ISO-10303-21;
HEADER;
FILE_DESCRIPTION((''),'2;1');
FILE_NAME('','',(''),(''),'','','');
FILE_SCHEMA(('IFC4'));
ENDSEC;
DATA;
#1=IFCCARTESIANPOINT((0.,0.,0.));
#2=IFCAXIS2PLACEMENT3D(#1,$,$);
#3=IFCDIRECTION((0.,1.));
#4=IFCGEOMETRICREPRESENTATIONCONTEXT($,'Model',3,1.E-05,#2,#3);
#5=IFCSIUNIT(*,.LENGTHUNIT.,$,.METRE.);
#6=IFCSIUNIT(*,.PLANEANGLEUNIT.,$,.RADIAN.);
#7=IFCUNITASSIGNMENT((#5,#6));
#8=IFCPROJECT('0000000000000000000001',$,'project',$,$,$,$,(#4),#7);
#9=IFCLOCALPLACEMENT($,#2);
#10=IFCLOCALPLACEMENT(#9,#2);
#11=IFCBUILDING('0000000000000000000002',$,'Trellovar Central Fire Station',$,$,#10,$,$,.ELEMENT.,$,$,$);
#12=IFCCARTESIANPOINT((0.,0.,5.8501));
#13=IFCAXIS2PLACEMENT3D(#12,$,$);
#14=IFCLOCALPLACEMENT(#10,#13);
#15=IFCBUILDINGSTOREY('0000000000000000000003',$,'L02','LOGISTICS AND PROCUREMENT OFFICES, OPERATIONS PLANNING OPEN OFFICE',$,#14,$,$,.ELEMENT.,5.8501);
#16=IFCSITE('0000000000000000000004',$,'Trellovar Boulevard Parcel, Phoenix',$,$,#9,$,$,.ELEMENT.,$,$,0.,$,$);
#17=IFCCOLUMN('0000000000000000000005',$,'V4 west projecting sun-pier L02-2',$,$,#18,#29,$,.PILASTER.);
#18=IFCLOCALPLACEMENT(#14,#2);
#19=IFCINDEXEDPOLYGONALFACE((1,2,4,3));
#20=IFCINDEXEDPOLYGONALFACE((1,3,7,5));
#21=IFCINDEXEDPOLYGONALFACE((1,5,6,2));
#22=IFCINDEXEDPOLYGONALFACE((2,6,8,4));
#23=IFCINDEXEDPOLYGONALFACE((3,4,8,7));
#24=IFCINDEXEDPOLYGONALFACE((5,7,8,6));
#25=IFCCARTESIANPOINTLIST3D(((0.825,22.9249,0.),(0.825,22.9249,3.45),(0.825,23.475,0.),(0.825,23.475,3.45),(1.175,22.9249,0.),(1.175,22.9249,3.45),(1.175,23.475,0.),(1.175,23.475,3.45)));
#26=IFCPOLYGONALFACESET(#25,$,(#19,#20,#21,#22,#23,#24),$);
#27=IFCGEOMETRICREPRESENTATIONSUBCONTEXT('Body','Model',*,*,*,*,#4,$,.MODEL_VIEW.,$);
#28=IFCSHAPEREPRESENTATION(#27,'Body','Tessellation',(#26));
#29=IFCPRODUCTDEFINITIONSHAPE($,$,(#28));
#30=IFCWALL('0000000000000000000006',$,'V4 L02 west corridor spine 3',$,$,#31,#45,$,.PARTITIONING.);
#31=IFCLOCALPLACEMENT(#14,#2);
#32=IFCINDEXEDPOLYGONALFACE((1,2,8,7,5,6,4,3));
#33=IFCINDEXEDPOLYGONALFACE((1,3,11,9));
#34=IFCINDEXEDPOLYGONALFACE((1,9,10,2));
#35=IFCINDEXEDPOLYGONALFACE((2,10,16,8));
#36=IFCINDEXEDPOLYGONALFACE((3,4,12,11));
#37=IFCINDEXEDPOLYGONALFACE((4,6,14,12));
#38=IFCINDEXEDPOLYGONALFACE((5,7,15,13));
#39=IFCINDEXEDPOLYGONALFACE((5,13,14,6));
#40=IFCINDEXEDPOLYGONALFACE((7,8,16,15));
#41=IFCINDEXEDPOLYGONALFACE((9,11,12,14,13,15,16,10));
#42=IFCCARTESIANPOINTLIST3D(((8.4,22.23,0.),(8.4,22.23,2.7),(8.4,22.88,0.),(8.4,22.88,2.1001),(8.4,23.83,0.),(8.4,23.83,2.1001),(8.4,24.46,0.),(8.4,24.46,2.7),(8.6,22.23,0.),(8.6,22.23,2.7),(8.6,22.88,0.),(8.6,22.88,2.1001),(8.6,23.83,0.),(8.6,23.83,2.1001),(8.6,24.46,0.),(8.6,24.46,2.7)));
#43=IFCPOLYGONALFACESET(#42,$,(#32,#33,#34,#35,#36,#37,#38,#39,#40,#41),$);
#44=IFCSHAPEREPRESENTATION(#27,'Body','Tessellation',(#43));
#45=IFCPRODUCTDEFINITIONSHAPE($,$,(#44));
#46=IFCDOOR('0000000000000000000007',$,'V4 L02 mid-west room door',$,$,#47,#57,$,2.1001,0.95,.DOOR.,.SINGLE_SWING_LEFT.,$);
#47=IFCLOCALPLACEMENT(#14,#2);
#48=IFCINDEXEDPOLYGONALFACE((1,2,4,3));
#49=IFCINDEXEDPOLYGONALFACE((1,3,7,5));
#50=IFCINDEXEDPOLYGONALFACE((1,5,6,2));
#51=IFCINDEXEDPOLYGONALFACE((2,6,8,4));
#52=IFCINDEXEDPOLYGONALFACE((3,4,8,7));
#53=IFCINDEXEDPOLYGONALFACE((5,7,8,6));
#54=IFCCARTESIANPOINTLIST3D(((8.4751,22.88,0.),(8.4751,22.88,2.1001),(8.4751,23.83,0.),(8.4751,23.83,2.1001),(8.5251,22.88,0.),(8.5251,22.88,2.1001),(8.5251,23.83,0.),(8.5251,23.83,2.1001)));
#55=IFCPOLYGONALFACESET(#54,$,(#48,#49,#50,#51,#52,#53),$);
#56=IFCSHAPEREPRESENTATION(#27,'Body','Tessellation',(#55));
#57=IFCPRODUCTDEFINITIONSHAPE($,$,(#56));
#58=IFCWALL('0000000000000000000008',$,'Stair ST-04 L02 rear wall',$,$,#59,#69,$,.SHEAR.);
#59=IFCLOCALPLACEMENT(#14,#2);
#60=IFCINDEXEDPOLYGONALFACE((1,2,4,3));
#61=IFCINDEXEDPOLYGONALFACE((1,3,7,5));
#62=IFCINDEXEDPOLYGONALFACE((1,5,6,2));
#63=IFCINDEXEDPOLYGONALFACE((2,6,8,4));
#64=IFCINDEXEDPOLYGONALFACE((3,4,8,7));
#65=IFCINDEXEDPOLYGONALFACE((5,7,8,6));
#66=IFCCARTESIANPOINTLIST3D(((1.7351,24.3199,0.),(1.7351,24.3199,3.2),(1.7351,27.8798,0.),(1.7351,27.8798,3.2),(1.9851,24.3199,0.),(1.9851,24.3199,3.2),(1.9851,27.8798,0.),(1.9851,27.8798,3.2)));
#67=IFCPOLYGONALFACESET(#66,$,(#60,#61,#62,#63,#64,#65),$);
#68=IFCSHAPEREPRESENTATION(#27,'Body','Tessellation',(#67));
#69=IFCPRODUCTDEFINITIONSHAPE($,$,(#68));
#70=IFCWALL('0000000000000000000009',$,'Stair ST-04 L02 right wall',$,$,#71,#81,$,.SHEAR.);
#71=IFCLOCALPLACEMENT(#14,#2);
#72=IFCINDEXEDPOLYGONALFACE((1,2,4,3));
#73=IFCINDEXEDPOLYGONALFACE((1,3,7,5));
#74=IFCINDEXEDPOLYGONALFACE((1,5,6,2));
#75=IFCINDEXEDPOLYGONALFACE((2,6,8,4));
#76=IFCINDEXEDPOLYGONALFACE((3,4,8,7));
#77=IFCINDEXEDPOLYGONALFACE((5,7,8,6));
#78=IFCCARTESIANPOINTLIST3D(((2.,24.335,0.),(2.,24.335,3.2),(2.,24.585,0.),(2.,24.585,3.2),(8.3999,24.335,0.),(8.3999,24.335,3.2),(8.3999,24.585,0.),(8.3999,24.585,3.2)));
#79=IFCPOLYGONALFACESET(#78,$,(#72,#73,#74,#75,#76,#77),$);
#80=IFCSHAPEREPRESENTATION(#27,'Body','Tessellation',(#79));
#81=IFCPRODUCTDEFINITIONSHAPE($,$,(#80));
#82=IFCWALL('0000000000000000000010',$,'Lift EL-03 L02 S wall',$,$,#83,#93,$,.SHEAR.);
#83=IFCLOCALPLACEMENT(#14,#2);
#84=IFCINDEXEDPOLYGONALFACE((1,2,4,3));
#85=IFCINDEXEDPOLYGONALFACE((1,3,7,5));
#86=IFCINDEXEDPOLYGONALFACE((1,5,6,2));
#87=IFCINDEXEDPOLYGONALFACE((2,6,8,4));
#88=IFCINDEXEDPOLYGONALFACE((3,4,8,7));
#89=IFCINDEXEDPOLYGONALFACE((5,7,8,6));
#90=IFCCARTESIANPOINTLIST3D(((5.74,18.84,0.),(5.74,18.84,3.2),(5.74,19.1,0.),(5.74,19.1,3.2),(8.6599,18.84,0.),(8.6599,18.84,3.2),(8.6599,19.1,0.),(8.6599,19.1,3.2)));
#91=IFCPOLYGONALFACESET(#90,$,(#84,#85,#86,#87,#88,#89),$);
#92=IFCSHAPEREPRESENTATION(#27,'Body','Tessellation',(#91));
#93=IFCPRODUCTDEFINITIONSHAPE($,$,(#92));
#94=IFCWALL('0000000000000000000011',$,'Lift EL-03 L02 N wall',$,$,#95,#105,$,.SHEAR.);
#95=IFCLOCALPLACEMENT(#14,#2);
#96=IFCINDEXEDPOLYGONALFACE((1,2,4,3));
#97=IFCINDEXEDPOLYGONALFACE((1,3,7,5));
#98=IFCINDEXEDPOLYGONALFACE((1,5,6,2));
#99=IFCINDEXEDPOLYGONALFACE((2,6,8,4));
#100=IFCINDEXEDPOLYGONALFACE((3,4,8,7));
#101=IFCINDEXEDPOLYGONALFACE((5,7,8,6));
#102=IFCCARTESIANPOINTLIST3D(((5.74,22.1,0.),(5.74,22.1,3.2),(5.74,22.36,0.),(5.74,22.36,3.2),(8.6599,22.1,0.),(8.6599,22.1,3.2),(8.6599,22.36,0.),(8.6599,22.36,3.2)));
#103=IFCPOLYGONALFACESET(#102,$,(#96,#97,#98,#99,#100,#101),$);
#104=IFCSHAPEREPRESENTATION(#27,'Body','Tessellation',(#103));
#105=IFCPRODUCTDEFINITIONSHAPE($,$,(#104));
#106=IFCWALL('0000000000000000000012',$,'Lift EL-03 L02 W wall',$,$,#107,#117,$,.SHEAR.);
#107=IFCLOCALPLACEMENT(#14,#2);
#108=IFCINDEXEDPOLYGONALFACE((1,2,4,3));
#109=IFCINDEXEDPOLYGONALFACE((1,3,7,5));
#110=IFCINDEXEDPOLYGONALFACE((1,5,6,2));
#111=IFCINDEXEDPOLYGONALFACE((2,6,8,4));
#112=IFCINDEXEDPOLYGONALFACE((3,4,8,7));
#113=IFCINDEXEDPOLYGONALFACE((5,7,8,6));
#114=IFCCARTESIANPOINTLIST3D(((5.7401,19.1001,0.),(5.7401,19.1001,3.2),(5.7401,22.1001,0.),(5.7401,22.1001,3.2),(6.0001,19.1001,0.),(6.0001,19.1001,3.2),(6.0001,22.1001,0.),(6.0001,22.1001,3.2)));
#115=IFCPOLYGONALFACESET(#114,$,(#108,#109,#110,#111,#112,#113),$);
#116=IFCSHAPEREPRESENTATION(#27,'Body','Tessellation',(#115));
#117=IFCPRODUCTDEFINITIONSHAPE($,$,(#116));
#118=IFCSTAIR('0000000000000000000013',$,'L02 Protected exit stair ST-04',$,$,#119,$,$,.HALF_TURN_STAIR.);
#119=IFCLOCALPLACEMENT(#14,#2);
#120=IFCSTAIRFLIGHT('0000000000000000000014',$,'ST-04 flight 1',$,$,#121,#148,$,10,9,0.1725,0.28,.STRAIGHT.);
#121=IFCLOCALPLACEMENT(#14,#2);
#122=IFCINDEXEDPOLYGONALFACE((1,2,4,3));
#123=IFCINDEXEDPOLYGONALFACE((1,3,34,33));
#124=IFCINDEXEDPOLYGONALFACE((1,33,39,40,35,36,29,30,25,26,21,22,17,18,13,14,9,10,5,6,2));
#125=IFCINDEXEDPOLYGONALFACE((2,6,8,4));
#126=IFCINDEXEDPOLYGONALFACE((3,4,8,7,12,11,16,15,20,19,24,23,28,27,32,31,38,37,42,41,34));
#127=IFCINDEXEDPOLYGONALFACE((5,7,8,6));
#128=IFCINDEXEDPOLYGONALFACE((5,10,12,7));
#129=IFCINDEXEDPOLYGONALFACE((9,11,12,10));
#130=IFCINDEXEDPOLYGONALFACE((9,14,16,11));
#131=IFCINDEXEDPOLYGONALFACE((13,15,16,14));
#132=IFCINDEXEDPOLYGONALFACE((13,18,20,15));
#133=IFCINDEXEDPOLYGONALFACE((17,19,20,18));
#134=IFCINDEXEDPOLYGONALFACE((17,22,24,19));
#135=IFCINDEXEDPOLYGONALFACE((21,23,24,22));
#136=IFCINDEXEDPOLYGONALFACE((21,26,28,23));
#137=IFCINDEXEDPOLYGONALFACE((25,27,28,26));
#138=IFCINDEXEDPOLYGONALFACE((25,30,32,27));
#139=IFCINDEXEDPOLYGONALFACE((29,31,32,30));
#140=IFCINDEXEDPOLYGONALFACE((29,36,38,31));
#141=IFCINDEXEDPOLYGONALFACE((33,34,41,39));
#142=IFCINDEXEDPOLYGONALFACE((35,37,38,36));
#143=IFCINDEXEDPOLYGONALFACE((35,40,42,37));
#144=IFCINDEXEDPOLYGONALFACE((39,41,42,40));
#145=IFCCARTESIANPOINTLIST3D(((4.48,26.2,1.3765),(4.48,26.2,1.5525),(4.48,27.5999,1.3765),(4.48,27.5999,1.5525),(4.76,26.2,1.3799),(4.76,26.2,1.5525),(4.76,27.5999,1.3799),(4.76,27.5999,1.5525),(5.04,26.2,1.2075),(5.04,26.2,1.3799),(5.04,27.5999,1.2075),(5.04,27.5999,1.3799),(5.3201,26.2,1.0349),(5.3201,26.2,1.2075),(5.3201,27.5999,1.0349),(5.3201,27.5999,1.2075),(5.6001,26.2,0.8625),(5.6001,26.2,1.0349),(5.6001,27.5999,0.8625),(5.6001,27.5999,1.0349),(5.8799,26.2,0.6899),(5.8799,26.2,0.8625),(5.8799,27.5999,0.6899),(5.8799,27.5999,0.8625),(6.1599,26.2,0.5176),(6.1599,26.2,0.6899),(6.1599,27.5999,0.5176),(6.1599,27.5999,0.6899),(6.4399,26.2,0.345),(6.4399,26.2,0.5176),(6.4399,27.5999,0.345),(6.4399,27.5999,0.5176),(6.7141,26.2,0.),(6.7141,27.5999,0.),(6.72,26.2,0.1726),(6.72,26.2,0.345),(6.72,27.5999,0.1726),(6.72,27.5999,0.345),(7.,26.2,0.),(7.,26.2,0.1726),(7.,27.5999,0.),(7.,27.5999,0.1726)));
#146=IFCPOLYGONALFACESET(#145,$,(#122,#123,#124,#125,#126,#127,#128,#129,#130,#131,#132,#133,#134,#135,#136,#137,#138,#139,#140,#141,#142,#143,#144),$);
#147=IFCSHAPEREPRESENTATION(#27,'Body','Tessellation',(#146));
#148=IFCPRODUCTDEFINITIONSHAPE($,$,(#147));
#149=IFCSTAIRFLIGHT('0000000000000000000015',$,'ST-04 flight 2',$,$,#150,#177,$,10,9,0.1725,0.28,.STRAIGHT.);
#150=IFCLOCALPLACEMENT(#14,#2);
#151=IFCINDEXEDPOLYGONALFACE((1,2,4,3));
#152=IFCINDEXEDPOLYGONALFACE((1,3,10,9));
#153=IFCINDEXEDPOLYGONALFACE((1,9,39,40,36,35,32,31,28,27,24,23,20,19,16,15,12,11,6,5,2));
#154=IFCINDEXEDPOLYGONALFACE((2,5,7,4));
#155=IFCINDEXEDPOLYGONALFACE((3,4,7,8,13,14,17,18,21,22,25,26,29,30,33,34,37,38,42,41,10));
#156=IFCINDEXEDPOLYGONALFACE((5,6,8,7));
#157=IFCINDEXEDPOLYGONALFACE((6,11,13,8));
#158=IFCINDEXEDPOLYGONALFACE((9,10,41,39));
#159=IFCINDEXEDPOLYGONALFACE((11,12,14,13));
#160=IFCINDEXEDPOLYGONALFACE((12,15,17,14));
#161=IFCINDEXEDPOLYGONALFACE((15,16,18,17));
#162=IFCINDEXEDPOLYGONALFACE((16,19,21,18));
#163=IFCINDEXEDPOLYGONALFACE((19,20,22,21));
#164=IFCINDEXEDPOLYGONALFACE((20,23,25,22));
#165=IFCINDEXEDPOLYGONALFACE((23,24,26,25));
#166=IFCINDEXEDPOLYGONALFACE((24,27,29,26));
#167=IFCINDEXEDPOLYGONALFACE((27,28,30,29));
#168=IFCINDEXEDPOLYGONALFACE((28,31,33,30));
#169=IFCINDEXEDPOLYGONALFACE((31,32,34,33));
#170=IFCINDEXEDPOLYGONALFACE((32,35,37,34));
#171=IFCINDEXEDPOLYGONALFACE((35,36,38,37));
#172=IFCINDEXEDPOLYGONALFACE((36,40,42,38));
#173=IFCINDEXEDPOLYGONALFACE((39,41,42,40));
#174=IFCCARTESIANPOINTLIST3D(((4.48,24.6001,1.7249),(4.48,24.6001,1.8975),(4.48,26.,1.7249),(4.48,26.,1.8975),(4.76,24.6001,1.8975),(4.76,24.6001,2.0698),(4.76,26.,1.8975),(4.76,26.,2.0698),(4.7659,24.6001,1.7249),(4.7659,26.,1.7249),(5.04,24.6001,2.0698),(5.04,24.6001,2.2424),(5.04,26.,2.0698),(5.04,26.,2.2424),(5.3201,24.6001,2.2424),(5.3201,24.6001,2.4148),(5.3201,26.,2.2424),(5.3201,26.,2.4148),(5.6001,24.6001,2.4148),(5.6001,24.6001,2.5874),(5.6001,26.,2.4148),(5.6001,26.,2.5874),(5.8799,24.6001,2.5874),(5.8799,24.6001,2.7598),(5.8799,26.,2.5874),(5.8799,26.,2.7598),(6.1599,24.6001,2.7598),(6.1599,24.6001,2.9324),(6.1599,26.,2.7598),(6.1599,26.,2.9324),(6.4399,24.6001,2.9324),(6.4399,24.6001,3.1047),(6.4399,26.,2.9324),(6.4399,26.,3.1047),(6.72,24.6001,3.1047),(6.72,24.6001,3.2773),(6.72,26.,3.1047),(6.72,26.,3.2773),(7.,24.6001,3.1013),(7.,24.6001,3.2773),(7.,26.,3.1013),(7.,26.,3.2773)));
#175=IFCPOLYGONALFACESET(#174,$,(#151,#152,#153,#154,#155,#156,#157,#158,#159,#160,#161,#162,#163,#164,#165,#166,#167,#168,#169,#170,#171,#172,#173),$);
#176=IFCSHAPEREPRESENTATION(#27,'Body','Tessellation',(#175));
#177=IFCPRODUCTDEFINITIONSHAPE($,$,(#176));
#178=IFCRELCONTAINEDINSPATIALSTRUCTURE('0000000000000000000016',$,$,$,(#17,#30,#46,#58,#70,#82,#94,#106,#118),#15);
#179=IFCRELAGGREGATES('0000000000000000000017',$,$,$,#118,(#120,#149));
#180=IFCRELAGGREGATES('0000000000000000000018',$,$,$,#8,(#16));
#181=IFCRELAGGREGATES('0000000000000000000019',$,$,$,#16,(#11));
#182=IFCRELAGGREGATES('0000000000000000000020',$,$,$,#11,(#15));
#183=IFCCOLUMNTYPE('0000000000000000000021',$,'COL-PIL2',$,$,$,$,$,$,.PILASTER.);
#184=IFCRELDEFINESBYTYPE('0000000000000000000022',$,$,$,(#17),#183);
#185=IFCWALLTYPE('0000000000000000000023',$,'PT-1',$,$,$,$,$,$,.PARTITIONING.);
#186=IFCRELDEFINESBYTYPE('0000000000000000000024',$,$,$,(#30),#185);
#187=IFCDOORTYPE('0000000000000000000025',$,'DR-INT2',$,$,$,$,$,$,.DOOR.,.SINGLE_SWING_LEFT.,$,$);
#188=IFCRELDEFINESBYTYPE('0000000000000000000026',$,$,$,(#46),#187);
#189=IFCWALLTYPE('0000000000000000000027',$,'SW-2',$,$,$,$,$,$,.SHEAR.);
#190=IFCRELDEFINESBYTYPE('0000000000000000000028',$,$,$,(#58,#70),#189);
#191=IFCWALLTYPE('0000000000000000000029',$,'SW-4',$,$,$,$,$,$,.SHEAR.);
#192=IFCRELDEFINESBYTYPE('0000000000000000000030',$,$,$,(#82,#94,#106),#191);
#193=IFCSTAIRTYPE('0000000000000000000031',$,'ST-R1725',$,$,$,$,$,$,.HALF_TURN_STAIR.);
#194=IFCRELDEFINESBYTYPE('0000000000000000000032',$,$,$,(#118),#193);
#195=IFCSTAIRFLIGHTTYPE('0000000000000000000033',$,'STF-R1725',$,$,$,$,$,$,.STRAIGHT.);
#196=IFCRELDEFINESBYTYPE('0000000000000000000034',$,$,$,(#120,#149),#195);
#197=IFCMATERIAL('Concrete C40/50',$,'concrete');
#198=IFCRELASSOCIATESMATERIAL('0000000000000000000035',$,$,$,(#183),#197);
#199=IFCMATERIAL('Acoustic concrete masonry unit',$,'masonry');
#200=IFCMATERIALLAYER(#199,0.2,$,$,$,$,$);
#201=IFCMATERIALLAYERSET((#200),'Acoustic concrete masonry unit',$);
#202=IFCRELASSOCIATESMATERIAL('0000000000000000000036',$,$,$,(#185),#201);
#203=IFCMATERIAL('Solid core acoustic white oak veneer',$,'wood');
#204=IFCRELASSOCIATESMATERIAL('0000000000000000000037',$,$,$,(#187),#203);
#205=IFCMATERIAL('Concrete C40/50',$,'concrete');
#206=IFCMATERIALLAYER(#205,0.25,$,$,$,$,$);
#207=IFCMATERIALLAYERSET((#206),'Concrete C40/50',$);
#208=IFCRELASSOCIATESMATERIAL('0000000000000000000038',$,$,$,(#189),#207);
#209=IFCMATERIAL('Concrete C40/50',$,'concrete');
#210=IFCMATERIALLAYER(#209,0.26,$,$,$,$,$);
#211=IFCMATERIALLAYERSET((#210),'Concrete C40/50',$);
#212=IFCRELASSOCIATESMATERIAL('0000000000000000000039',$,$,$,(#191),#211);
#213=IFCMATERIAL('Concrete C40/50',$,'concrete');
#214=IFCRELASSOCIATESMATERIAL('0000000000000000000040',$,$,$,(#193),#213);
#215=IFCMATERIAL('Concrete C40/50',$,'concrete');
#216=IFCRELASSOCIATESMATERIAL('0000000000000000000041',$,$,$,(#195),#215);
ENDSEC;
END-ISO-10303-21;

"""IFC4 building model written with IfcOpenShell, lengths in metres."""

from ifc_helpers import new_model, si_unit, direction, frame, frame_2d, origin, origin_2d, place, context, subcontext, project, spatial, polyline, rectangle, outline, extrude, material, layer, layer_set, material_profile, profile_set, type_object, element, fill, aggregate, save


model = new_model("IFC4")

# Units and contexts
model_context = context("Model", 3, precision=1e-05, world=origin(), true_north=direction((0.0, 1.0)))
body_context = subcontext(model_context, "Body", "Model", "MODEL_VIEW")
ifc_project = project(units=[si_unit("LENGTHUNIT", "METRE"), si_unit("PLANEANGLEUNIT", "RADIAN")], contexts=[model_context])

# Site, building, storey
site_placement = place(None, origin())
site = spatial("IfcSite", under=ifc_project, at=site_placement, Name="Trellovar Boulevard Parcel, Phoenix", CompositionType="ELEMENT", RefElevation=0.0)
building_placement = place(site_placement, origin())
building = spatial("IfcBuilding", under=site, at=building_placement, Name="Trellovar Central Fire Station", CompositionType="ELEMENT")
storey_placement = place(building_placement, frame((0.0, 0.0, 5.8501)))
storey = spatial("IfcBuildingStorey", under=building, at=storey_placement, Name="L02", Description="LOGISTICS AND PROCUREMENT OFFICES, OPERATIONS PLANNING OPEN OFFICE", CompositionType="ELEMENT", Elevation=5.8501)

# Column
ifc_material_1 = material(Name="Concrete C40/50", Category="concrete")
ifc_material_profile = material_profile(ifc_material_1, rectangle(XDim=0.3501, YDim=0.55, at=origin_2d()), Name="RC350X550")
ifc_profile_set = profile_set([ifc_material_profile], Name="Concrete C40/50")
column_type = type_object("IfcColumnType", Name="COL-PIL2", PredefinedType="PILASTER", material=ifc_profile_set)
column_placement = place(storey_placement, frame((1.0, 23.2, 0.0), z_axis=(0.0, 0.0, 1.0), x_axis=(1.0, 0.0, 0.0)))
element("IfcColumn", 1, at=column_placement, inside=storey, type_object=column_type, Name="V4 west projecting sun-pier L02-2", PredefinedType="PILASTER", context=body_context, shape_type="SweptSolid", body=[
    extrude(rectangle(XDim=0.3501, YDim=0.55, at=origin_2d()), origin(), (0.0, 0.0, 1.0), 3.45),
])

# Wall, opening, door
ifc_material_2 = material(Name="Acoustic concrete masonry unit", Category="masonry")
ifc_layer_1 = layer(ifc_material_2, 0.2)
ifc_layer_set_1 = layer_set([ifc_layer_1], Name="Acoustic concrete masonry unit")
wall_type_1 = type_object("IfcWallType", Name="PT-1", PredefinedType="PARTITIONING", material=ifc_layer_set_1)
wall_1_placement = place(storey_placement, frame((8.5, 22.23, 0.0), z_axis=(0.0, 0.0, 1.0), x_axis=(0.0, 1.0, 0.0)))
wall_1 = element("IfcWall", 2, at=wall_1_placement, inside=storey, type_object=wall_type_1, Name="V4 L02 west corridor spine 3", PredefinedType="PARTITIONING", context=body_context, shape_type="SweptSolid", body=[
    extrude(rectangle(XDim=2.23, YDim=0.2, at=frame_2d((1.115, 0.0))), origin(), (0.0, 0.0, 1.0), 2.7),
])
opening_1_placement = place(wall_1_placement, frame((0.6499, 0.0, 0.0)))
opening_1 = element("IfcOpeningElement", 3, at=opening_1_placement, cuts=wall_1, PredefinedType="OPENING", context=body_context, shape_type="SweptSolid", body=[
    extrude(rectangle(XDim=0.95, YDim=2.1001, at=frame_2d((0.4751, 1.05))), frame((0.0, 0.1099, 0.0), z_axis=(0.0, -1.0, 0.0), x_axis=(1.0, 0.0, 0.0)), (0.0, 0.0, 1.0), 0.22),
])
ifc_material_3 = material(Name="Solid core acoustic white oak veneer", Category="wood")
door_type_1 = type_object("IfcDoorType", Name="DR-INT2", OperationType="SINGLE_SWING_LEFT", PredefinedType="DOOR", material=ifc_material_3)
door_1_placement = place(opening_1_placement, origin())
door_1 = element("IfcDoor", 4, at=door_1_placement, inside=storey, type_object=door_type_1, Name="V4 L02 mid-west room door", OperationType="SINGLE_SWING_LEFT", OverallHeight=2.1001, OverallWidth=0.95, PredefinedType="DOOR", context=body_context, shape_type="SweptSolid", body=[
    extrude(rectangle(XDim=0.95, YDim=2.1001, at=frame_2d((0.4751, 1.05))), frame((0.0, 0.0249, 0.0), z_axis=(0.0, -1.0, 0.0), x_axis=(1.0, 0.0, 0.0)), (0.0, 0.0, 1.0), 0.05),
])
fill(opening_1, door_1)

# Walls
ifc_material_4 = material(Name="Concrete C40/50", Category="concrete")
ifc_layer_2 = layer(ifc_material_4, 0.25)
ifc_layer_set_2 = layer_set([ifc_layer_2], Name="Concrete C40/50")
wall_type_2 = type_object("IfcWallType", Name="SW-2", PredefinedType="SHEAR", material=ifc_layer_set_2)
wall_2_placement = place(storey_placement, frame((1.8601, 24.3201, 0.0), z_axis=(0.0, 0.0, 1.0), x_axis=(0.0, 1.0, 0.0)))
element("IfcWall", 5, at=wall_2_placement, inside=storey, type_object=wall_type_2, Name="Stair ST-04 L02 rear wall", PredefinedType="SHEAR", context=body_context, shape_type="SweptSolid", body=[
    extrude(rectangle(XDim=3.5598, YDim=0.25, at=frame_2d((1.7798, 0.0))), origin(), (0.0, 0.0, 1.0), 3.2),
])
wall_3_placement = place(storey_placement, frame((2.0, 24.46, 0.0), z_axis=(0.0, 0.0, 1.0), x_axis=(1.0, 0.0, 0.0)))
element("IfcWall", 6, at=wall_3_placement, inside=storey, type_object=wall_type_2, Name="Stair ST-04 L02 right wall", PredefinedType="SHEAR", context=body_context, shape_type="SweptSolid", body=[
    extrude(rectangle(XDim=6.3999, YDim=0.25, at=frame_2d((3.2, 0.0))), origin(), (0.0, 0.0, 1.0), 3.2),
])
ifc_material_5 = material(Name="Concrete C40/50", Category="concrete")
ifc_layer_3 = layer(ifc_material_5, 0.26)
ifc_layer_set_3 = layer_set([ifc_layer_3], Name="Concrete C40/50")
wall_type_3 = type_object("IfcWallType", Name="SW-4", PredefinedType="SHEAR", material=ifc_layer_set_3)
for number, where, z_axis, x_axis, name in (
    (7, (5.74, 18.97, 0.0), (0.0, 0.0, 1.0), (1.0, 0.0, 0.0), "Lift EL-03 L02 S wall"),
    (8, (8.6599, 22.23, 0.0), (0.0, 0.0, 1.0), (-1.0, 0.0, 0.0), "Lift EL-03 L02 N wall"),
):
    element("IfcWall", number, at=place(storey_placement, frame(where, z_axis=z_axis, x_axis=x_axis)), inside=storey, type_object=wall_type_3, Name=name, PredefinedType="SHEAR", context=body_context, shape_type="SweptSolid", body=[
        extrude(rectangle(XDim=2.9199, YDim=0.26, at=frame_2d((1.46, 0.0))), origin(), (0.0, 0.0, 1.0), 3.2),
    ])
wall_4_placement = place(storey_placement, frame((5.8701, 22.1001, 0.0), z_axis=(0.0, 0.0, 1.0), x_axis=(0.0, -1.0, 0.0)))
element("IfcWall", 9, at=wall_4_placement, inside=storey, type_object=wall_type_3, Name="Lift EL-03 L02 W wall", PredefinedType="SHEAR", context=body_context, shape_type="SweptSolid", body=[
    extrude(rectangle(XDim=3.0, YDim=0.26, at=frame_2d((1.5, 0.0))), origin(), (0.0, 0.0, 1.0), 3.2),
])

# Stair, stair flights
ifc_material_6 = material(Name="Concrete C40/50", Category="concrete")
stair_type = type_object("IfcStairType", Name="ST-R1725", PredefinedType="HALF_TURN_STAIR", material=ifc_material_6)
stair_placement = place(storey_placement, origin())
stair = element("IfcStair", 10, at=stair_placement, inside=storey, type_object=stair_type, Name="L02 Protected exit stair ST-04", PredefinedType="HALF_TURN_STAIR")
ifc_material_7 = material(Name="Concrete C40/50", Category="concrete")
stair_flight_type = type_object("IfcStairFlightType", Name="STF-R1725", PredefinedType="STRAIGHT", material=ifc_material_7)
stair_flight_1_placement = place(storey_placement, frame((7.0, 26.8999, 0.0), z_axis=(0.0, 0.0, 1.0), x_axis=(-1.0, 0.0, 0.0)))
stair_flight_1 = element("IfcStairFlight", 11, at=stair_flight_1_placement, type_object=stair_flight_type, Name="ST-04 flight 1", NumberOfRisers=10, NumberOfTreads=9, PredefinedType="STRAIGHT", RiserHeight=0.1725, TreadLength=0.28, context=body_context, shape_type="SweptSolid", body=[
    extrude(outline(polyline([(0.0, 0.0), (0.0, 0.1726), (0.28, 0.1726), (0.28, 0.345), (0.5601, 0.345), (0.5601, 0.5176), (0.8401, 0.5176), (0.8401, 0.6899), (1.1201, 0.6899), (1.1201, 0.8625), (1.3999, 0.8625), (1.3999, 1.0349), (1.6799, 1.0349), (1.6799, 1.2075), (1.96, 1.2075), (1.96, 1.3799), (2.24, 1.3799), (2.24, 1.5525), (2.52, 1.5525), (2.52, 1.7251), (2.52, 1.3765), (0.2859, 0.0), (0.0, 0.0)])), frame((0.0, 0.7, 0.0), z_axis=(0.0, -1.0, 0.0), x_axis=(1.0, 0.0, 0.0)), (0.0, 0.0, 1.0), 1.3999),
])
stair_flight_2_placement = place(storey_placement, frame((4.48, 25.3, 1.7249), z_axis=(0.0, 0.0, 1.0), x_axis=(1.0, 0.0, 0.0)))
stair_flight_2 = element("IfcStairFlight", 12, at=stair_flight_2_placement, type_object=stair_flight_type, Name="ST-04 flight 2", NumberOfRisers=10, NumberOfTreads=9, PredefinedType="STRAIGHT", RiserHeight=0.1725, TreadLength=0.28, context=body_context, shape_type="SweptSolid", body=[
    extrude(outline(polyline([(0.0, 0.0), (0.0, 0.1726), (0.28, 0.1726), (0.28, 0.345), (0.5601, 0.345), (0.5601, 0.5176), (0.8401, 0.5176), (0.8401, 0.6899), (1.1201, 0.6899), (1.1201, 0.8625), (1.3999, 0.8625), (1.3999, 1.0349), (1.6799, 1.0349), (1.6799, 1.2075), (1.96, 1.2075), (1.96, 1.3799), (2.24, 1.3799), (2.24, 1.5525), (2.52, 1.5525), (2.52, 1.7251), (2.52, 1.3765), (0.2859, 0.0), (0.0, 0.0)])), frame((0.0, 0.7, 0.0), z_axis=(0.0, -1.0, 0.0), x_axis=(1.0, 0.0, 0.0)), (0.0, 0.0, 1.0), 1.3999),
])
aggregate(stair, [stair_flight_1, stair_flight_2])

save(model, "model.ifc")
